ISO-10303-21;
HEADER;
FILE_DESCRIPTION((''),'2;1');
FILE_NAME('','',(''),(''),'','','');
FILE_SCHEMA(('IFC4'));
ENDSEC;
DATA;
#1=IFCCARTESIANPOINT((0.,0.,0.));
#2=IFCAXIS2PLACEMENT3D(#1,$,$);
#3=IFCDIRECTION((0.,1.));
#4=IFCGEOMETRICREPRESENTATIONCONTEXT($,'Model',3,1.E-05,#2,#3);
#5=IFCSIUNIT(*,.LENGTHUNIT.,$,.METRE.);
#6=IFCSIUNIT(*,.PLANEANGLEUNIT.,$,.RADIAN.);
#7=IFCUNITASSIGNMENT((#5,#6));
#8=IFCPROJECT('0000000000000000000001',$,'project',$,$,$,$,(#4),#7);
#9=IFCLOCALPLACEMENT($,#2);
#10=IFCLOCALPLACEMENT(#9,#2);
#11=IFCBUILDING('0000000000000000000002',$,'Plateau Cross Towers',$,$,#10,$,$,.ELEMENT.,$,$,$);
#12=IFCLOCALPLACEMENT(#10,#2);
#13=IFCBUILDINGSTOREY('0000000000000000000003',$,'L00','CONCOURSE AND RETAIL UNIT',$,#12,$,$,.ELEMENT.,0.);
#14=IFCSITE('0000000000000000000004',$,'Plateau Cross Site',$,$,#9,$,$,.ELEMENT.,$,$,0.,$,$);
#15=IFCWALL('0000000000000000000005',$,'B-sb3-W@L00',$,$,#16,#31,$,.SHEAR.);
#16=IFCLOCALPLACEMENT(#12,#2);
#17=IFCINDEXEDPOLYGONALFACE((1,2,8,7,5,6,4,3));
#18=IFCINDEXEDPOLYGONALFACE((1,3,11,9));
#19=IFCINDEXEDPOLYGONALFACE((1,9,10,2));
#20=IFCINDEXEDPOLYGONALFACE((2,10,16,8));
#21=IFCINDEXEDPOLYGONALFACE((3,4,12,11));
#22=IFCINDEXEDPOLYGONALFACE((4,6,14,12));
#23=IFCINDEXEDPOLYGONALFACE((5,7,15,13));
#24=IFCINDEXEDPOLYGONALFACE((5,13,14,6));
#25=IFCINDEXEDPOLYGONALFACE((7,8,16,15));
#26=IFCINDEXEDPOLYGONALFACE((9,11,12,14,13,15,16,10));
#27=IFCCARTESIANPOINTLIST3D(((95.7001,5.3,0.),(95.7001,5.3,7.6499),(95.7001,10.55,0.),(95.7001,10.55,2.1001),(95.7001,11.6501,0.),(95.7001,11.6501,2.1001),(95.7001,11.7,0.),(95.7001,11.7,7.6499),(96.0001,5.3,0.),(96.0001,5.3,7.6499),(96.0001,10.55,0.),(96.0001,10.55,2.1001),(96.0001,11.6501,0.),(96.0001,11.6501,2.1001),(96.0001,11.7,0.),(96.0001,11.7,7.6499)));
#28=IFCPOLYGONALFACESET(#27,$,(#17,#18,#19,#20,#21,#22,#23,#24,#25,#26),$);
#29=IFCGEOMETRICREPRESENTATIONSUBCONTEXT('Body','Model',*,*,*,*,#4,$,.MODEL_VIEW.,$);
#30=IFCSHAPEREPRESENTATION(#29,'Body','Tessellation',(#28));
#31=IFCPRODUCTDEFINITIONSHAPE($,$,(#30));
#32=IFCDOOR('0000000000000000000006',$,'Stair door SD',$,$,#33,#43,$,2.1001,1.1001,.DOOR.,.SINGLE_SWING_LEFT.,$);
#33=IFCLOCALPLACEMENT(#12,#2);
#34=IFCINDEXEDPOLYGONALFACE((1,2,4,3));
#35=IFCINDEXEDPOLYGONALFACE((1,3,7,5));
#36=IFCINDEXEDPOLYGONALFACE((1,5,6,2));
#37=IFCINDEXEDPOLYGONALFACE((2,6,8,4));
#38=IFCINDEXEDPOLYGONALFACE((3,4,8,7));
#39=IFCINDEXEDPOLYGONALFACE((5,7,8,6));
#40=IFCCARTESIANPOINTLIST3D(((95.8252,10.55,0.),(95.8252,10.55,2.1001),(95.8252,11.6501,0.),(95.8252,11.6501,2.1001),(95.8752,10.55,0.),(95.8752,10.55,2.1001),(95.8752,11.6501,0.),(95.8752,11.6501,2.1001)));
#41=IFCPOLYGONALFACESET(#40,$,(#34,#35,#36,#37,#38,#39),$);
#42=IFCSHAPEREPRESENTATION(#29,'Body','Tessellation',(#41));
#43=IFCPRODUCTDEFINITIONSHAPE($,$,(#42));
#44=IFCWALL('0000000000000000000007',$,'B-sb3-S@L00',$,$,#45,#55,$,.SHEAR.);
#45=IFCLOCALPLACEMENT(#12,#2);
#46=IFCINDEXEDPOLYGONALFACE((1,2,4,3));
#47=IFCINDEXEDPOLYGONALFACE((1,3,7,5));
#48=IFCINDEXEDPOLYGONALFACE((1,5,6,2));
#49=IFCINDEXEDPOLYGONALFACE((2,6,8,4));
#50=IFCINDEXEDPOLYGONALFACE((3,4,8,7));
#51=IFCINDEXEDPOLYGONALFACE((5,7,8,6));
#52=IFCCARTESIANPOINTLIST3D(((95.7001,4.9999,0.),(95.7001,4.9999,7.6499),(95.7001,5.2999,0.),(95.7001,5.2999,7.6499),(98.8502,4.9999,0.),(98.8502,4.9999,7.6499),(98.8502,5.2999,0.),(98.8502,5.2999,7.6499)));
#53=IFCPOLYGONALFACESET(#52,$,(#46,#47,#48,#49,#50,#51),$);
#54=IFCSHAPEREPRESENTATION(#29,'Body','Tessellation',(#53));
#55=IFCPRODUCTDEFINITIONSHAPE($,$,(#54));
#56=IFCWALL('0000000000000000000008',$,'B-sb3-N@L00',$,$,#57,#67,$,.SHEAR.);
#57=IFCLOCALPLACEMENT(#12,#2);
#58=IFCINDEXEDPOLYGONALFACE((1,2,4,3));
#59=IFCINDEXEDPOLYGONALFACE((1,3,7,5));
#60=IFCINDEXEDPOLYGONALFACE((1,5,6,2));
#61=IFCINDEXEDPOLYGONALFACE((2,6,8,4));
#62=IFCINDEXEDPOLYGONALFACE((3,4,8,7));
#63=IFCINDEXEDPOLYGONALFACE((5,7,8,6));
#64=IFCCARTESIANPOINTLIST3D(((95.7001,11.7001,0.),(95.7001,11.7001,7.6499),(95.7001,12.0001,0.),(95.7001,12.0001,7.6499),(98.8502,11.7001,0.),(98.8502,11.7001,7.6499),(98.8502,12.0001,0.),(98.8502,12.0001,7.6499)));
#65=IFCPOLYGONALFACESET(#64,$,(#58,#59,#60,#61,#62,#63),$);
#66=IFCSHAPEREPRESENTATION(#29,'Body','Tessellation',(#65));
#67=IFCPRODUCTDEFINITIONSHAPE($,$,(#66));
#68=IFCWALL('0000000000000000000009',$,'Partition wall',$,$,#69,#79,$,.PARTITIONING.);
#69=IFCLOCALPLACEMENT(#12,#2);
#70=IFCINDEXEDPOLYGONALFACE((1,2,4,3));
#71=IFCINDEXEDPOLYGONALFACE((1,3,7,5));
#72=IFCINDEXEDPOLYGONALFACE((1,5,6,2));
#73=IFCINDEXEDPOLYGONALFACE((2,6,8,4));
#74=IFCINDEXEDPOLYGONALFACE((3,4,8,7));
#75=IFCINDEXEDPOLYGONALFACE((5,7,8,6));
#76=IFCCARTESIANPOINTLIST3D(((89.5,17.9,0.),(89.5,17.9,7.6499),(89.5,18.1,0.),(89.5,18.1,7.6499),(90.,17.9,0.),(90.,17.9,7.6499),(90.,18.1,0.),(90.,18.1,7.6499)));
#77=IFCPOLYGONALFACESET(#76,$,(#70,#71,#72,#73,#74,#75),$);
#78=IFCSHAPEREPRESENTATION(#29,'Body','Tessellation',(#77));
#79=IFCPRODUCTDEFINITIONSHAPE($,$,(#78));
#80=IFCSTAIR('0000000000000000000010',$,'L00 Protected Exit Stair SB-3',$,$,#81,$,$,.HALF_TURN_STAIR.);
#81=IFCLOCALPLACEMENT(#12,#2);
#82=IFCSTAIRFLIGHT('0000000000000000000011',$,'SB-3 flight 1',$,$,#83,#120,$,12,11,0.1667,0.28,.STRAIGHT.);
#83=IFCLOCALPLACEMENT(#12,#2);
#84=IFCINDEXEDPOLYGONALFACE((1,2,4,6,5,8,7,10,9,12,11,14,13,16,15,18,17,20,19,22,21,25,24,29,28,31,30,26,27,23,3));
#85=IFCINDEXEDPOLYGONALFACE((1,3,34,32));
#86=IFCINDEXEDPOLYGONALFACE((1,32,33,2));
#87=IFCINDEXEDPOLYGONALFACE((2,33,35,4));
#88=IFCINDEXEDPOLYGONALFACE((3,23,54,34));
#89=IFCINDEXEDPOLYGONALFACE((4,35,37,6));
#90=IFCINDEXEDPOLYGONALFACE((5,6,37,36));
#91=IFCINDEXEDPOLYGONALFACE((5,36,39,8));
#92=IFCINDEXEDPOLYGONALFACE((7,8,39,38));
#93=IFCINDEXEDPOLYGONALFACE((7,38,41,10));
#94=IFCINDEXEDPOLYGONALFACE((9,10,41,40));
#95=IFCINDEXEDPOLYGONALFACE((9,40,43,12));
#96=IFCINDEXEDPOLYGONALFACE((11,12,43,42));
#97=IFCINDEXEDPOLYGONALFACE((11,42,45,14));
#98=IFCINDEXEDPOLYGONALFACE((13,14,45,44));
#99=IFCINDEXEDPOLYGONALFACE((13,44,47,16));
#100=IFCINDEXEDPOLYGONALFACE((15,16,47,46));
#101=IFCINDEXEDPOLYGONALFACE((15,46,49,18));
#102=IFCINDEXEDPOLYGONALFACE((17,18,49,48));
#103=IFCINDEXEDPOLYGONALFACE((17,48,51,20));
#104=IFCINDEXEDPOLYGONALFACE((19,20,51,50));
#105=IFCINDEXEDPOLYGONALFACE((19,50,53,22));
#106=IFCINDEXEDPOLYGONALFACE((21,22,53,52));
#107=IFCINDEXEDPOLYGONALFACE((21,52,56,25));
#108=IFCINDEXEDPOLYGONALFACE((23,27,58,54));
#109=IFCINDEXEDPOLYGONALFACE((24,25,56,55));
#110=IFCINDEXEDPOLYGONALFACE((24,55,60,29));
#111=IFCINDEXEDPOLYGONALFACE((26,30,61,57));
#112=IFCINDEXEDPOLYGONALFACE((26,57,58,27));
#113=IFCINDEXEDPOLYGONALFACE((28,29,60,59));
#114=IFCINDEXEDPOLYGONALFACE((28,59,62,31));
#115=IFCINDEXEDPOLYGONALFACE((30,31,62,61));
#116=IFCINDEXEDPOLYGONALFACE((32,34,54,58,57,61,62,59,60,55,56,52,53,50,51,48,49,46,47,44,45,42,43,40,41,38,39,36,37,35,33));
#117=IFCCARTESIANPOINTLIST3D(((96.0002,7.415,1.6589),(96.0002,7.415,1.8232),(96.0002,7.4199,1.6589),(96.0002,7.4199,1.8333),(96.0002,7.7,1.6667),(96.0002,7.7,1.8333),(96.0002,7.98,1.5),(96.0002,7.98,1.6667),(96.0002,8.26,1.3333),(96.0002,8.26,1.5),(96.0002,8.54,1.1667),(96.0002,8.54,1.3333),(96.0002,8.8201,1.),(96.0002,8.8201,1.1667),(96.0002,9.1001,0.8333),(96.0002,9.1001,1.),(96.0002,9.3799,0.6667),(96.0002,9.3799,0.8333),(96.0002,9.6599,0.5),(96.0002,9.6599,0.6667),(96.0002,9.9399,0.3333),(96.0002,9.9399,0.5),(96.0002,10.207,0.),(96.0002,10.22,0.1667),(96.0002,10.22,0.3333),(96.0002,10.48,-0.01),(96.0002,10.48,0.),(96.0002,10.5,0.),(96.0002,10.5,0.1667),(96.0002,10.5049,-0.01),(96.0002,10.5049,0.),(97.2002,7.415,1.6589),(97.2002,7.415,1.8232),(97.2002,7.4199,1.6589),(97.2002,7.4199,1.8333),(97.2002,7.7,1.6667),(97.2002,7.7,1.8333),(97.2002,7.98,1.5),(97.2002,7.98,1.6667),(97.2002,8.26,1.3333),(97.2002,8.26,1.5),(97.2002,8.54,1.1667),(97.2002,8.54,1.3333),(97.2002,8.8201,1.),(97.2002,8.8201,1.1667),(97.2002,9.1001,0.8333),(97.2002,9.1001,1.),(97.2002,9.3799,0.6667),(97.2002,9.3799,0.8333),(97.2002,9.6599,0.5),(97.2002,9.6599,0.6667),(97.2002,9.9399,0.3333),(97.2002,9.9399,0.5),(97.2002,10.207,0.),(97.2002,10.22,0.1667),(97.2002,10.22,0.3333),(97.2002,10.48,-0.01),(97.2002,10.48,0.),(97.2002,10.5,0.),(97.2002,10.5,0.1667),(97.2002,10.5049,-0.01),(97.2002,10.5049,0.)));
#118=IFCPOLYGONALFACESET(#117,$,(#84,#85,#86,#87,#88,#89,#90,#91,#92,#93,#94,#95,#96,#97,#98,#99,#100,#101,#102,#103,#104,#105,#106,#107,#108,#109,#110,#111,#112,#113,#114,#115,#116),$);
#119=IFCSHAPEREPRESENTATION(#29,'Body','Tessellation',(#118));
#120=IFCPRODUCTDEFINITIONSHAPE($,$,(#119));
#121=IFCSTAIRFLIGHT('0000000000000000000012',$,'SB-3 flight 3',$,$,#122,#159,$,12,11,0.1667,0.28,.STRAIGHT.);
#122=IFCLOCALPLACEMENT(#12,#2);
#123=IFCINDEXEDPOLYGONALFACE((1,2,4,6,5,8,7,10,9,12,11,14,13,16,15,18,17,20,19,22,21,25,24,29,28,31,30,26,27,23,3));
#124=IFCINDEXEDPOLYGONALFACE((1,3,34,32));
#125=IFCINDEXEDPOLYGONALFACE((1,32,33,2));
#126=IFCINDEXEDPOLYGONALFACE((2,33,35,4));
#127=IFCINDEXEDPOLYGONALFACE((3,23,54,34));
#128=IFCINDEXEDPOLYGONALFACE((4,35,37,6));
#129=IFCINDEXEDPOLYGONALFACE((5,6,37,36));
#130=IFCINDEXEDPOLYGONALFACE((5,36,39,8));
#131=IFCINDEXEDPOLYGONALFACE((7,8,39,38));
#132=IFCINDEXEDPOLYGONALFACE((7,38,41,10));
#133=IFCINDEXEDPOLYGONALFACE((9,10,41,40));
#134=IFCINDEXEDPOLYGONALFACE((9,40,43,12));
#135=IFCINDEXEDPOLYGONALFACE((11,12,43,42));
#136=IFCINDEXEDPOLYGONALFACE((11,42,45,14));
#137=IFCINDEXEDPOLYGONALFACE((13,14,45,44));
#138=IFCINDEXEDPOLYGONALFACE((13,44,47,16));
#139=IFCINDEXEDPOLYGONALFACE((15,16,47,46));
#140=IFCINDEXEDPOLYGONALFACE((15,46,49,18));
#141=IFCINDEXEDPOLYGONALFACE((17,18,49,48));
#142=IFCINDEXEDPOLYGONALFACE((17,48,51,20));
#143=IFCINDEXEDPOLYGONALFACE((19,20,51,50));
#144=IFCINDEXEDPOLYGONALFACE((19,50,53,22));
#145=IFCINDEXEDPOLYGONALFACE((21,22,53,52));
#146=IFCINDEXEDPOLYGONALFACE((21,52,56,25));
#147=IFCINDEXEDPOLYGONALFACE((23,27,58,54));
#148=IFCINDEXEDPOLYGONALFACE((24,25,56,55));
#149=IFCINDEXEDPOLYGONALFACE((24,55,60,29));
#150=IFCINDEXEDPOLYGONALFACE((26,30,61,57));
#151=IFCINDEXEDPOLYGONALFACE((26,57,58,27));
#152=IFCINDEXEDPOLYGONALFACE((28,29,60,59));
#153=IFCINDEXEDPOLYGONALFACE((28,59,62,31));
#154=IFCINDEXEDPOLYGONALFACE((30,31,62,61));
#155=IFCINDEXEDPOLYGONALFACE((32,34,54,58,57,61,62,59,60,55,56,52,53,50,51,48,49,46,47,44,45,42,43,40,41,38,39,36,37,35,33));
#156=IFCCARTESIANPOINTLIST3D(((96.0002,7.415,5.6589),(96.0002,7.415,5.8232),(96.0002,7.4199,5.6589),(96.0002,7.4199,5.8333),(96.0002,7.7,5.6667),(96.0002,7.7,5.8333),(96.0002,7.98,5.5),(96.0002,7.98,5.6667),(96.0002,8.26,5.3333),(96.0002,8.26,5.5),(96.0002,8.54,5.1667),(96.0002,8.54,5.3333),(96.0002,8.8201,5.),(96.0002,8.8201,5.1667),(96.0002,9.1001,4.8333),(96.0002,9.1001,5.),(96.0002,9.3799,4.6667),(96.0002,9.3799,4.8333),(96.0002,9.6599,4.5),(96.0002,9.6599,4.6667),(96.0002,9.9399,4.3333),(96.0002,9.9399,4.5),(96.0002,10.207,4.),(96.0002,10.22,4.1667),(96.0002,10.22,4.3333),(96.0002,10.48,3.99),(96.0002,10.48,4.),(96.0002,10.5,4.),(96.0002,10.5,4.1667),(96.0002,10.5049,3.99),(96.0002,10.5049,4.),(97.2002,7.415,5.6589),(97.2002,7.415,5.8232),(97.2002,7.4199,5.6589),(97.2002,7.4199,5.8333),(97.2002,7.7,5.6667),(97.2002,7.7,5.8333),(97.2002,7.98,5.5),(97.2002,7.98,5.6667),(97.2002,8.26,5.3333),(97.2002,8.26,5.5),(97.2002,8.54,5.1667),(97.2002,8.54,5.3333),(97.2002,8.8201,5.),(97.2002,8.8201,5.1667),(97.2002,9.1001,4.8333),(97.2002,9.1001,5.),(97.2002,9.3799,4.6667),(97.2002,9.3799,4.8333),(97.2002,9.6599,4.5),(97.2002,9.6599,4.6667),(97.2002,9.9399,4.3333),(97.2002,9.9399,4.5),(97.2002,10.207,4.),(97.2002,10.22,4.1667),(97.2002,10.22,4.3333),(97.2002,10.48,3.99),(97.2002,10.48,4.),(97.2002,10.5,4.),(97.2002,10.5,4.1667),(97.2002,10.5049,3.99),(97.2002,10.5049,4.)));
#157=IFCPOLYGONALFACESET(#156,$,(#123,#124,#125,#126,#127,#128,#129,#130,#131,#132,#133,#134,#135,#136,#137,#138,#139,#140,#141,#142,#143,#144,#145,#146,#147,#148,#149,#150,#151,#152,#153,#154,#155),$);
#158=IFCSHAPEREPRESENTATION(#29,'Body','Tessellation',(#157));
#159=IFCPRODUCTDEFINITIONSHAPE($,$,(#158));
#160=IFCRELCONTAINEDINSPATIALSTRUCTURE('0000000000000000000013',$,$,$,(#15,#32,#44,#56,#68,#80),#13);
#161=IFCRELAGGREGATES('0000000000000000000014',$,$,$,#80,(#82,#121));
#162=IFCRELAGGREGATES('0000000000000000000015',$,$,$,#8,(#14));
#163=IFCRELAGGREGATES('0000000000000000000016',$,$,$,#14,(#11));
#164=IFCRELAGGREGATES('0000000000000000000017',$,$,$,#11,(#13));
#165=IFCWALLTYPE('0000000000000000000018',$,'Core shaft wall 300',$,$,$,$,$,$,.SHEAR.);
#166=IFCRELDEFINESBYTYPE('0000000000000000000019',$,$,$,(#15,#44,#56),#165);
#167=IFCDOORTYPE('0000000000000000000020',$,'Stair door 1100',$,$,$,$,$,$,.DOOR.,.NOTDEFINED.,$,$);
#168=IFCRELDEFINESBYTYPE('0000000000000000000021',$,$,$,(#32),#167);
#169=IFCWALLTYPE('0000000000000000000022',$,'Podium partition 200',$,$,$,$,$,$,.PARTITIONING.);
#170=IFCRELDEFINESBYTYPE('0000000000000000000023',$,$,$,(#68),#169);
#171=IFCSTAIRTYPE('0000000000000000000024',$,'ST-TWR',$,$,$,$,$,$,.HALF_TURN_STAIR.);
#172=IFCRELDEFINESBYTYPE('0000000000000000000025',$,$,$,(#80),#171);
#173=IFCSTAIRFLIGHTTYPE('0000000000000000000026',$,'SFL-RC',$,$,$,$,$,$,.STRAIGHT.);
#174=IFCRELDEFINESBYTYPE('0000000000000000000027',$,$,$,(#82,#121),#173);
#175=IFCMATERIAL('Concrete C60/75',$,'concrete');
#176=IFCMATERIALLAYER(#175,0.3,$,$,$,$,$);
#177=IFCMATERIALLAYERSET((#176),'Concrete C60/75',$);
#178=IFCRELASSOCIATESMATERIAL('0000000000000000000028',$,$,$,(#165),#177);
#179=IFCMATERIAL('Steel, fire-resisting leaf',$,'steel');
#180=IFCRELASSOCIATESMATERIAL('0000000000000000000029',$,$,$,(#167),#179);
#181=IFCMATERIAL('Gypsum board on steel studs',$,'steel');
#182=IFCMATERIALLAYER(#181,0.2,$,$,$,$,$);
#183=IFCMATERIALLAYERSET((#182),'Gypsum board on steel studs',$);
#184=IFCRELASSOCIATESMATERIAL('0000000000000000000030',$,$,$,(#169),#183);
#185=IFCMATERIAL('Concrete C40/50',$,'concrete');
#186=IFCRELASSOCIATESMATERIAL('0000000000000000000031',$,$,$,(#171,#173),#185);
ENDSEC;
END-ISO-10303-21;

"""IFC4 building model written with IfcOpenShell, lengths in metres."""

from ifc_helpers import new_model, si_unit, direction, frame, frame_2d, origin, place, context, subcontext, project, spatial, polyline, rectangle, outline, extrude, material, layer, layer_set, type_object, element, fill, aggregate, save


model = new_model("IFC4")

# Units and contexts
model_context = context("Model", 3, precision=1e-05, world=origin(), true_north=direction((0.0, 1.0)))
body_context = subcontext(model_context, "Body", "Model", "MODEL_VIEW")
ifc_project = project(units=[si_unit("LENGTHUNIT", "METRE"), si_unit("PLANEANGLEUNIT", "RADIAN")], contexts=[model_context])

# Site, building, storey
site_placement = place(None, origin())
site = spatial("IfcSite", under=ifc_project, at=site_placement, Name="Plateau Cross Site", CompositionType="ELEMENT", RefElevation=0.0)
building_placement = place(site_placement, origin())
building = spatial("IfcBuilding", under=site, at=building_placement, Name="Plateau Cross Towers", CompositionType="ELEMENT")
storey_placement = place(building_placement, origin())
storey = spatial("IfcBuildingStorey", under=building, at=storey_placement, Name="L00", Description="CONCOURSE AND RETAIL UNIT", CompositionType="ELEMENT", Elevation=0.0)

# Shared definitions
ifc_material_1 = material(Name="Steel, fire-resisting leaf", Category="steel")

# Shared definitions
ifc_material_2 = material(Name="Concrete C60/75", Category="concrete")
ifc_layer_1 = layer(ifc_material_2, 0.3)
ifc_layer_set_1 = layer_set([ifc_layer_1], Name="Concrete C60/75")
wall_type_1 = type_object("IfcWallType", Name="Core shaft wall 300", PredefinedType="SHEAR", material=ifc_layer_set_1)

# Wall, opening, door
wall_1_placement = place(storey_placement, frame((95.8501, 5.3, 0.0), z_axis=(0.0, 0.0, 1.0), x_axis=(0.0, 1.0, 0.0)))
wall_1 = element("IfcWall", 1, at=wall_1_placement, inside=storey, type_object=wall_type_1, Name="B-sb3-W@L00", PredefinedType="SHEAR", context=body_context, shape_type="SweptSolid", body=[
    extrude(rectangle(XDim=6.3999, YDim=0.3, at=frame_2d((3.2, 0.0))), origin(), (0.0, 0.0, 1.0), 7.6499),
])
opening_1_placement = place(wall_1_placement, frame((5.25, 0.0, 0.0)))
opening_1 = element("IfcOpeningElement", 2, at=opening_1_placement, cuts=wall_1, PredefinedType="OPENING", context=body_context, shape_type="SweptSolid", body=[
    extrude(rectangle(XDim=1.1001, YDim=2.1001, at=frame_2d((0.55, 1.05))), frame((0.0, 0.1599, 0.0), z_axis=(0.0, -1.0, 0.0), x_axis=(1.0, 0.0, 0.0)), (0.0, 0.0, 1.0), 0.3201),
])
door_type_1 = type_object("IfcDoorType", Name="Stair door 1100", OperationType="NOTDEFINED", PredefinedType="DOOR", material=ifc_material_1)
door_1_placement = place(opening_1_placement, origin())
door_1 = element("IfcDoor", 3, at=door_1_placement, inside=storey, type_object=door_type_1, Name="Stair door SD", OperationType="SINGLE_SWING_LEFT", OverallHeight=2.1001, OverallWidth=1.1001, PredefinedType="DOOR", context=body_context, shape_type="SweptSolid", body=[
    extrude(rectangle(XDim=1.1001, YDim=2.1001, at=frame_2d((0.55, 1.05))), frame((0.0, 0.0249, 0.0), z_axis=(0.0, -1.0, 0.0), x_axis=(1.0, 0.0, 0.0)), (0.0, 0.0, 1.0), 0.05),
])
fill(opening_1, door_1)

# Walls
for number, where, z_axis, x_axis, name in (
    (4, (95.7, 5.1499, 0.0), (0.0, 0.0, 1.0), (1.0, 0.0, 0.0), "B-sb3-S@L00"),
    (5, (95.7, 11.8501, 0.0), (0.0, 0.0, 1.0), (1.0, 0.0, 0.0), "B-sb3-N@L00"),
):
    element("IfcWall", number, at=place(storey_placement, frame(where, z_axis=z_axis, x_axis=x_axis)), inside=storey, type_object=wall_type_1, Name=name, PredefinedType="SHEAR", context=body_context, shape_type="SweptSolid", body=[
        extrude(rectangle(XDim=3.1501, YDim=0.3, at=frame_2d((1.5752, 0.0))), origin(), (0.0, 0.0, 1.0), 7.6499),
    ])
ifc_material_3 = material(Name="Gypsum board on steel studs", Category="steel")
ifc_layer_2 = layer(ifc_material_3, 0.2)
ifc_layer_set_2 = layer_set([ifc_layer_2], Name="Gypsum board on steel studs")
wall_type_2 = type_object("IfcWallType", Name="Podium partition 200", PredefinedType="PARTITIONING", material=ifc_layer_set_2)
wall_2_placement = place(storey_placement, frame((90.0, 18.0, 0.0), z_axis=(0.0, 0.0, 1.0), x_axis=(-1.0, 0.0, 0.0)))
element("IfcWall", 6, at=wall_2_placement, inside=storey, type_object=wall_type_2, Name="Partition wall", PredefinedType="PARTITIONING", context=body_context, shape_type="SweptSolid", body=[
    extrude(rectangle(XDim=0.5, YDim=0.2, at=frame_2d((0.25, 0.0))), origin(), (0.0, 0.0, 1.0), 7.6499),
])

# Stair, stair flights
ifc_material_4 = material(Name="Concrete C40/50", Category="concrete")
stair_type = type_object("IfcStairType", Name="ST-TWR", PredefinedType="HALF_TURN_STAIR", material=ifc_material_4)
stair_placement = place(storey_placement, origin())
stair = element("IfcStair", 7, at=stair_placement, inside=storey, type_object=stair_type, Name="L00 Protected Exit Stair SB-3", PredefinedType="HALF_TURN_STAIR")
stair_flight_type = type_object("IfcStairFlightType", Name="SFL-RC", PredefinedType="STRAIGHT", material=ifc_material_4)
stair_flight_1_placement = place(storey_placement, frame((96.6001, 10.5, 0.0), z_axis=(0.0, 0.0, 1.0), x_axis=(0.0, -1.0, 0.0)))
stair_flight_1 = element("IfcStairFlight", 8, at=stair_flight_1_placement, type_object=stair_flight_type, Name="SB-3 flight 1", NumberOfRisers=12, NumberOfTreads=11, PredefinedType="STRAIGHT", RiserHeight=0.1667, TreadLength=0.28, context=body_context, shape_type="SweptSolid", body=[
    extrude(outline(polyline([(-0.0049, -0.01), (-0.0049, 0.0), (0.0, 0.0), (0.0, 0.1667), (0.28, 0.1667), (0.28, 0.3333), (0.5601, 0.3333), (0.5601, 0.5), (0.8401, 0.5), (0.8401, 0.6667), (1.1201, 0.6667), (1.1201, 0.8333), (1.3999, 0.8333), (1.3999, 1.0), (1.6799, 1.0), (1.6799, 1.1667), (1.96, 1.1667), (1.96, 1.3333), (2.24, 1.3333), (2.24, 1.5), (2.52, 1.5), (2.52, 1.6667), (2.8, 1.6667), (2.8, 1.8333), (3.0801, 1.8333), (3.085, 1.8232), (3.085, 1.6589), (3.0801, 1.6589), (0.293, 0.0), (0.02, 0.0), (0.02, -0.01), (-0.0049, -0.01)])), frame((0.0, 0.6001, 0.0), z_axis=(0.0, -1.0, 0.0), x_axis=(1.0, 0.0, 0.0)), (0.0, 0.0, 1.0), 1.2),
])
stair_flight_2_placement = place(storey_placement, frame((96.6001, 10.5, 4.0), z_axis=(0.0, 0.0, 1.0), x_axis=(0.0, -1.0, 0.0)))
stair_flight_2 = element("IfcStairFlight", 9, at=stair_flight_2_placement, type_object=stair_flight_type, Name="SB-3 flight 3", NumberOfRisers=12, NumberOfTreads=11, PredefinedType="STRAIGHT", RiserHeight=0.1667, TreadLength=0.28, context=body_context, shape_type="SweptSolid", body=[
    extrude(outline(polyline([(-0.0049, -0.01), (-0.0049, 0.0), (0.0, 0.0), (0.0, 0.1667), (0.28, 0.1667), (0.28, 0.3333), (0.5601, 0.3333), (0.5601, 0.5), (0.8401, 0.5), (0.8401, 0.6667), (1.1201, 0.6667), (1.1201, 0.8333), (1.3999, 0.8333), (1.3999, 1.0), (1.6799, 1.0), (1.6799, 1.1667), (1.96, 1.1667), (1.96, 1.3333), (2.24, 1.3333), (2.24, 1.5), (2.52, 1.5), (2.52, 1.6667), (2.8, 1.6667), (2.8, 1.8333), (3.0801, 1.8333), (3.085, 1.8232), (3.085, 1.6589), (3.0801, 1.6589), (0.293, 0.0), (0.02, 0.0), (0.02, -0.01), (-0.0049, -0.01)])), frame((0.0, 0.6001, 0.0), z_axis=(0.0, -1.0, 0.0), x_axis=(1.0, 0.0, 0.0)), (0.0, 0.0, 1.0), 1.2),
])
aggregate(stair, [stair_flight_1, stair_flight_2])

save(model, "model.ifc")
